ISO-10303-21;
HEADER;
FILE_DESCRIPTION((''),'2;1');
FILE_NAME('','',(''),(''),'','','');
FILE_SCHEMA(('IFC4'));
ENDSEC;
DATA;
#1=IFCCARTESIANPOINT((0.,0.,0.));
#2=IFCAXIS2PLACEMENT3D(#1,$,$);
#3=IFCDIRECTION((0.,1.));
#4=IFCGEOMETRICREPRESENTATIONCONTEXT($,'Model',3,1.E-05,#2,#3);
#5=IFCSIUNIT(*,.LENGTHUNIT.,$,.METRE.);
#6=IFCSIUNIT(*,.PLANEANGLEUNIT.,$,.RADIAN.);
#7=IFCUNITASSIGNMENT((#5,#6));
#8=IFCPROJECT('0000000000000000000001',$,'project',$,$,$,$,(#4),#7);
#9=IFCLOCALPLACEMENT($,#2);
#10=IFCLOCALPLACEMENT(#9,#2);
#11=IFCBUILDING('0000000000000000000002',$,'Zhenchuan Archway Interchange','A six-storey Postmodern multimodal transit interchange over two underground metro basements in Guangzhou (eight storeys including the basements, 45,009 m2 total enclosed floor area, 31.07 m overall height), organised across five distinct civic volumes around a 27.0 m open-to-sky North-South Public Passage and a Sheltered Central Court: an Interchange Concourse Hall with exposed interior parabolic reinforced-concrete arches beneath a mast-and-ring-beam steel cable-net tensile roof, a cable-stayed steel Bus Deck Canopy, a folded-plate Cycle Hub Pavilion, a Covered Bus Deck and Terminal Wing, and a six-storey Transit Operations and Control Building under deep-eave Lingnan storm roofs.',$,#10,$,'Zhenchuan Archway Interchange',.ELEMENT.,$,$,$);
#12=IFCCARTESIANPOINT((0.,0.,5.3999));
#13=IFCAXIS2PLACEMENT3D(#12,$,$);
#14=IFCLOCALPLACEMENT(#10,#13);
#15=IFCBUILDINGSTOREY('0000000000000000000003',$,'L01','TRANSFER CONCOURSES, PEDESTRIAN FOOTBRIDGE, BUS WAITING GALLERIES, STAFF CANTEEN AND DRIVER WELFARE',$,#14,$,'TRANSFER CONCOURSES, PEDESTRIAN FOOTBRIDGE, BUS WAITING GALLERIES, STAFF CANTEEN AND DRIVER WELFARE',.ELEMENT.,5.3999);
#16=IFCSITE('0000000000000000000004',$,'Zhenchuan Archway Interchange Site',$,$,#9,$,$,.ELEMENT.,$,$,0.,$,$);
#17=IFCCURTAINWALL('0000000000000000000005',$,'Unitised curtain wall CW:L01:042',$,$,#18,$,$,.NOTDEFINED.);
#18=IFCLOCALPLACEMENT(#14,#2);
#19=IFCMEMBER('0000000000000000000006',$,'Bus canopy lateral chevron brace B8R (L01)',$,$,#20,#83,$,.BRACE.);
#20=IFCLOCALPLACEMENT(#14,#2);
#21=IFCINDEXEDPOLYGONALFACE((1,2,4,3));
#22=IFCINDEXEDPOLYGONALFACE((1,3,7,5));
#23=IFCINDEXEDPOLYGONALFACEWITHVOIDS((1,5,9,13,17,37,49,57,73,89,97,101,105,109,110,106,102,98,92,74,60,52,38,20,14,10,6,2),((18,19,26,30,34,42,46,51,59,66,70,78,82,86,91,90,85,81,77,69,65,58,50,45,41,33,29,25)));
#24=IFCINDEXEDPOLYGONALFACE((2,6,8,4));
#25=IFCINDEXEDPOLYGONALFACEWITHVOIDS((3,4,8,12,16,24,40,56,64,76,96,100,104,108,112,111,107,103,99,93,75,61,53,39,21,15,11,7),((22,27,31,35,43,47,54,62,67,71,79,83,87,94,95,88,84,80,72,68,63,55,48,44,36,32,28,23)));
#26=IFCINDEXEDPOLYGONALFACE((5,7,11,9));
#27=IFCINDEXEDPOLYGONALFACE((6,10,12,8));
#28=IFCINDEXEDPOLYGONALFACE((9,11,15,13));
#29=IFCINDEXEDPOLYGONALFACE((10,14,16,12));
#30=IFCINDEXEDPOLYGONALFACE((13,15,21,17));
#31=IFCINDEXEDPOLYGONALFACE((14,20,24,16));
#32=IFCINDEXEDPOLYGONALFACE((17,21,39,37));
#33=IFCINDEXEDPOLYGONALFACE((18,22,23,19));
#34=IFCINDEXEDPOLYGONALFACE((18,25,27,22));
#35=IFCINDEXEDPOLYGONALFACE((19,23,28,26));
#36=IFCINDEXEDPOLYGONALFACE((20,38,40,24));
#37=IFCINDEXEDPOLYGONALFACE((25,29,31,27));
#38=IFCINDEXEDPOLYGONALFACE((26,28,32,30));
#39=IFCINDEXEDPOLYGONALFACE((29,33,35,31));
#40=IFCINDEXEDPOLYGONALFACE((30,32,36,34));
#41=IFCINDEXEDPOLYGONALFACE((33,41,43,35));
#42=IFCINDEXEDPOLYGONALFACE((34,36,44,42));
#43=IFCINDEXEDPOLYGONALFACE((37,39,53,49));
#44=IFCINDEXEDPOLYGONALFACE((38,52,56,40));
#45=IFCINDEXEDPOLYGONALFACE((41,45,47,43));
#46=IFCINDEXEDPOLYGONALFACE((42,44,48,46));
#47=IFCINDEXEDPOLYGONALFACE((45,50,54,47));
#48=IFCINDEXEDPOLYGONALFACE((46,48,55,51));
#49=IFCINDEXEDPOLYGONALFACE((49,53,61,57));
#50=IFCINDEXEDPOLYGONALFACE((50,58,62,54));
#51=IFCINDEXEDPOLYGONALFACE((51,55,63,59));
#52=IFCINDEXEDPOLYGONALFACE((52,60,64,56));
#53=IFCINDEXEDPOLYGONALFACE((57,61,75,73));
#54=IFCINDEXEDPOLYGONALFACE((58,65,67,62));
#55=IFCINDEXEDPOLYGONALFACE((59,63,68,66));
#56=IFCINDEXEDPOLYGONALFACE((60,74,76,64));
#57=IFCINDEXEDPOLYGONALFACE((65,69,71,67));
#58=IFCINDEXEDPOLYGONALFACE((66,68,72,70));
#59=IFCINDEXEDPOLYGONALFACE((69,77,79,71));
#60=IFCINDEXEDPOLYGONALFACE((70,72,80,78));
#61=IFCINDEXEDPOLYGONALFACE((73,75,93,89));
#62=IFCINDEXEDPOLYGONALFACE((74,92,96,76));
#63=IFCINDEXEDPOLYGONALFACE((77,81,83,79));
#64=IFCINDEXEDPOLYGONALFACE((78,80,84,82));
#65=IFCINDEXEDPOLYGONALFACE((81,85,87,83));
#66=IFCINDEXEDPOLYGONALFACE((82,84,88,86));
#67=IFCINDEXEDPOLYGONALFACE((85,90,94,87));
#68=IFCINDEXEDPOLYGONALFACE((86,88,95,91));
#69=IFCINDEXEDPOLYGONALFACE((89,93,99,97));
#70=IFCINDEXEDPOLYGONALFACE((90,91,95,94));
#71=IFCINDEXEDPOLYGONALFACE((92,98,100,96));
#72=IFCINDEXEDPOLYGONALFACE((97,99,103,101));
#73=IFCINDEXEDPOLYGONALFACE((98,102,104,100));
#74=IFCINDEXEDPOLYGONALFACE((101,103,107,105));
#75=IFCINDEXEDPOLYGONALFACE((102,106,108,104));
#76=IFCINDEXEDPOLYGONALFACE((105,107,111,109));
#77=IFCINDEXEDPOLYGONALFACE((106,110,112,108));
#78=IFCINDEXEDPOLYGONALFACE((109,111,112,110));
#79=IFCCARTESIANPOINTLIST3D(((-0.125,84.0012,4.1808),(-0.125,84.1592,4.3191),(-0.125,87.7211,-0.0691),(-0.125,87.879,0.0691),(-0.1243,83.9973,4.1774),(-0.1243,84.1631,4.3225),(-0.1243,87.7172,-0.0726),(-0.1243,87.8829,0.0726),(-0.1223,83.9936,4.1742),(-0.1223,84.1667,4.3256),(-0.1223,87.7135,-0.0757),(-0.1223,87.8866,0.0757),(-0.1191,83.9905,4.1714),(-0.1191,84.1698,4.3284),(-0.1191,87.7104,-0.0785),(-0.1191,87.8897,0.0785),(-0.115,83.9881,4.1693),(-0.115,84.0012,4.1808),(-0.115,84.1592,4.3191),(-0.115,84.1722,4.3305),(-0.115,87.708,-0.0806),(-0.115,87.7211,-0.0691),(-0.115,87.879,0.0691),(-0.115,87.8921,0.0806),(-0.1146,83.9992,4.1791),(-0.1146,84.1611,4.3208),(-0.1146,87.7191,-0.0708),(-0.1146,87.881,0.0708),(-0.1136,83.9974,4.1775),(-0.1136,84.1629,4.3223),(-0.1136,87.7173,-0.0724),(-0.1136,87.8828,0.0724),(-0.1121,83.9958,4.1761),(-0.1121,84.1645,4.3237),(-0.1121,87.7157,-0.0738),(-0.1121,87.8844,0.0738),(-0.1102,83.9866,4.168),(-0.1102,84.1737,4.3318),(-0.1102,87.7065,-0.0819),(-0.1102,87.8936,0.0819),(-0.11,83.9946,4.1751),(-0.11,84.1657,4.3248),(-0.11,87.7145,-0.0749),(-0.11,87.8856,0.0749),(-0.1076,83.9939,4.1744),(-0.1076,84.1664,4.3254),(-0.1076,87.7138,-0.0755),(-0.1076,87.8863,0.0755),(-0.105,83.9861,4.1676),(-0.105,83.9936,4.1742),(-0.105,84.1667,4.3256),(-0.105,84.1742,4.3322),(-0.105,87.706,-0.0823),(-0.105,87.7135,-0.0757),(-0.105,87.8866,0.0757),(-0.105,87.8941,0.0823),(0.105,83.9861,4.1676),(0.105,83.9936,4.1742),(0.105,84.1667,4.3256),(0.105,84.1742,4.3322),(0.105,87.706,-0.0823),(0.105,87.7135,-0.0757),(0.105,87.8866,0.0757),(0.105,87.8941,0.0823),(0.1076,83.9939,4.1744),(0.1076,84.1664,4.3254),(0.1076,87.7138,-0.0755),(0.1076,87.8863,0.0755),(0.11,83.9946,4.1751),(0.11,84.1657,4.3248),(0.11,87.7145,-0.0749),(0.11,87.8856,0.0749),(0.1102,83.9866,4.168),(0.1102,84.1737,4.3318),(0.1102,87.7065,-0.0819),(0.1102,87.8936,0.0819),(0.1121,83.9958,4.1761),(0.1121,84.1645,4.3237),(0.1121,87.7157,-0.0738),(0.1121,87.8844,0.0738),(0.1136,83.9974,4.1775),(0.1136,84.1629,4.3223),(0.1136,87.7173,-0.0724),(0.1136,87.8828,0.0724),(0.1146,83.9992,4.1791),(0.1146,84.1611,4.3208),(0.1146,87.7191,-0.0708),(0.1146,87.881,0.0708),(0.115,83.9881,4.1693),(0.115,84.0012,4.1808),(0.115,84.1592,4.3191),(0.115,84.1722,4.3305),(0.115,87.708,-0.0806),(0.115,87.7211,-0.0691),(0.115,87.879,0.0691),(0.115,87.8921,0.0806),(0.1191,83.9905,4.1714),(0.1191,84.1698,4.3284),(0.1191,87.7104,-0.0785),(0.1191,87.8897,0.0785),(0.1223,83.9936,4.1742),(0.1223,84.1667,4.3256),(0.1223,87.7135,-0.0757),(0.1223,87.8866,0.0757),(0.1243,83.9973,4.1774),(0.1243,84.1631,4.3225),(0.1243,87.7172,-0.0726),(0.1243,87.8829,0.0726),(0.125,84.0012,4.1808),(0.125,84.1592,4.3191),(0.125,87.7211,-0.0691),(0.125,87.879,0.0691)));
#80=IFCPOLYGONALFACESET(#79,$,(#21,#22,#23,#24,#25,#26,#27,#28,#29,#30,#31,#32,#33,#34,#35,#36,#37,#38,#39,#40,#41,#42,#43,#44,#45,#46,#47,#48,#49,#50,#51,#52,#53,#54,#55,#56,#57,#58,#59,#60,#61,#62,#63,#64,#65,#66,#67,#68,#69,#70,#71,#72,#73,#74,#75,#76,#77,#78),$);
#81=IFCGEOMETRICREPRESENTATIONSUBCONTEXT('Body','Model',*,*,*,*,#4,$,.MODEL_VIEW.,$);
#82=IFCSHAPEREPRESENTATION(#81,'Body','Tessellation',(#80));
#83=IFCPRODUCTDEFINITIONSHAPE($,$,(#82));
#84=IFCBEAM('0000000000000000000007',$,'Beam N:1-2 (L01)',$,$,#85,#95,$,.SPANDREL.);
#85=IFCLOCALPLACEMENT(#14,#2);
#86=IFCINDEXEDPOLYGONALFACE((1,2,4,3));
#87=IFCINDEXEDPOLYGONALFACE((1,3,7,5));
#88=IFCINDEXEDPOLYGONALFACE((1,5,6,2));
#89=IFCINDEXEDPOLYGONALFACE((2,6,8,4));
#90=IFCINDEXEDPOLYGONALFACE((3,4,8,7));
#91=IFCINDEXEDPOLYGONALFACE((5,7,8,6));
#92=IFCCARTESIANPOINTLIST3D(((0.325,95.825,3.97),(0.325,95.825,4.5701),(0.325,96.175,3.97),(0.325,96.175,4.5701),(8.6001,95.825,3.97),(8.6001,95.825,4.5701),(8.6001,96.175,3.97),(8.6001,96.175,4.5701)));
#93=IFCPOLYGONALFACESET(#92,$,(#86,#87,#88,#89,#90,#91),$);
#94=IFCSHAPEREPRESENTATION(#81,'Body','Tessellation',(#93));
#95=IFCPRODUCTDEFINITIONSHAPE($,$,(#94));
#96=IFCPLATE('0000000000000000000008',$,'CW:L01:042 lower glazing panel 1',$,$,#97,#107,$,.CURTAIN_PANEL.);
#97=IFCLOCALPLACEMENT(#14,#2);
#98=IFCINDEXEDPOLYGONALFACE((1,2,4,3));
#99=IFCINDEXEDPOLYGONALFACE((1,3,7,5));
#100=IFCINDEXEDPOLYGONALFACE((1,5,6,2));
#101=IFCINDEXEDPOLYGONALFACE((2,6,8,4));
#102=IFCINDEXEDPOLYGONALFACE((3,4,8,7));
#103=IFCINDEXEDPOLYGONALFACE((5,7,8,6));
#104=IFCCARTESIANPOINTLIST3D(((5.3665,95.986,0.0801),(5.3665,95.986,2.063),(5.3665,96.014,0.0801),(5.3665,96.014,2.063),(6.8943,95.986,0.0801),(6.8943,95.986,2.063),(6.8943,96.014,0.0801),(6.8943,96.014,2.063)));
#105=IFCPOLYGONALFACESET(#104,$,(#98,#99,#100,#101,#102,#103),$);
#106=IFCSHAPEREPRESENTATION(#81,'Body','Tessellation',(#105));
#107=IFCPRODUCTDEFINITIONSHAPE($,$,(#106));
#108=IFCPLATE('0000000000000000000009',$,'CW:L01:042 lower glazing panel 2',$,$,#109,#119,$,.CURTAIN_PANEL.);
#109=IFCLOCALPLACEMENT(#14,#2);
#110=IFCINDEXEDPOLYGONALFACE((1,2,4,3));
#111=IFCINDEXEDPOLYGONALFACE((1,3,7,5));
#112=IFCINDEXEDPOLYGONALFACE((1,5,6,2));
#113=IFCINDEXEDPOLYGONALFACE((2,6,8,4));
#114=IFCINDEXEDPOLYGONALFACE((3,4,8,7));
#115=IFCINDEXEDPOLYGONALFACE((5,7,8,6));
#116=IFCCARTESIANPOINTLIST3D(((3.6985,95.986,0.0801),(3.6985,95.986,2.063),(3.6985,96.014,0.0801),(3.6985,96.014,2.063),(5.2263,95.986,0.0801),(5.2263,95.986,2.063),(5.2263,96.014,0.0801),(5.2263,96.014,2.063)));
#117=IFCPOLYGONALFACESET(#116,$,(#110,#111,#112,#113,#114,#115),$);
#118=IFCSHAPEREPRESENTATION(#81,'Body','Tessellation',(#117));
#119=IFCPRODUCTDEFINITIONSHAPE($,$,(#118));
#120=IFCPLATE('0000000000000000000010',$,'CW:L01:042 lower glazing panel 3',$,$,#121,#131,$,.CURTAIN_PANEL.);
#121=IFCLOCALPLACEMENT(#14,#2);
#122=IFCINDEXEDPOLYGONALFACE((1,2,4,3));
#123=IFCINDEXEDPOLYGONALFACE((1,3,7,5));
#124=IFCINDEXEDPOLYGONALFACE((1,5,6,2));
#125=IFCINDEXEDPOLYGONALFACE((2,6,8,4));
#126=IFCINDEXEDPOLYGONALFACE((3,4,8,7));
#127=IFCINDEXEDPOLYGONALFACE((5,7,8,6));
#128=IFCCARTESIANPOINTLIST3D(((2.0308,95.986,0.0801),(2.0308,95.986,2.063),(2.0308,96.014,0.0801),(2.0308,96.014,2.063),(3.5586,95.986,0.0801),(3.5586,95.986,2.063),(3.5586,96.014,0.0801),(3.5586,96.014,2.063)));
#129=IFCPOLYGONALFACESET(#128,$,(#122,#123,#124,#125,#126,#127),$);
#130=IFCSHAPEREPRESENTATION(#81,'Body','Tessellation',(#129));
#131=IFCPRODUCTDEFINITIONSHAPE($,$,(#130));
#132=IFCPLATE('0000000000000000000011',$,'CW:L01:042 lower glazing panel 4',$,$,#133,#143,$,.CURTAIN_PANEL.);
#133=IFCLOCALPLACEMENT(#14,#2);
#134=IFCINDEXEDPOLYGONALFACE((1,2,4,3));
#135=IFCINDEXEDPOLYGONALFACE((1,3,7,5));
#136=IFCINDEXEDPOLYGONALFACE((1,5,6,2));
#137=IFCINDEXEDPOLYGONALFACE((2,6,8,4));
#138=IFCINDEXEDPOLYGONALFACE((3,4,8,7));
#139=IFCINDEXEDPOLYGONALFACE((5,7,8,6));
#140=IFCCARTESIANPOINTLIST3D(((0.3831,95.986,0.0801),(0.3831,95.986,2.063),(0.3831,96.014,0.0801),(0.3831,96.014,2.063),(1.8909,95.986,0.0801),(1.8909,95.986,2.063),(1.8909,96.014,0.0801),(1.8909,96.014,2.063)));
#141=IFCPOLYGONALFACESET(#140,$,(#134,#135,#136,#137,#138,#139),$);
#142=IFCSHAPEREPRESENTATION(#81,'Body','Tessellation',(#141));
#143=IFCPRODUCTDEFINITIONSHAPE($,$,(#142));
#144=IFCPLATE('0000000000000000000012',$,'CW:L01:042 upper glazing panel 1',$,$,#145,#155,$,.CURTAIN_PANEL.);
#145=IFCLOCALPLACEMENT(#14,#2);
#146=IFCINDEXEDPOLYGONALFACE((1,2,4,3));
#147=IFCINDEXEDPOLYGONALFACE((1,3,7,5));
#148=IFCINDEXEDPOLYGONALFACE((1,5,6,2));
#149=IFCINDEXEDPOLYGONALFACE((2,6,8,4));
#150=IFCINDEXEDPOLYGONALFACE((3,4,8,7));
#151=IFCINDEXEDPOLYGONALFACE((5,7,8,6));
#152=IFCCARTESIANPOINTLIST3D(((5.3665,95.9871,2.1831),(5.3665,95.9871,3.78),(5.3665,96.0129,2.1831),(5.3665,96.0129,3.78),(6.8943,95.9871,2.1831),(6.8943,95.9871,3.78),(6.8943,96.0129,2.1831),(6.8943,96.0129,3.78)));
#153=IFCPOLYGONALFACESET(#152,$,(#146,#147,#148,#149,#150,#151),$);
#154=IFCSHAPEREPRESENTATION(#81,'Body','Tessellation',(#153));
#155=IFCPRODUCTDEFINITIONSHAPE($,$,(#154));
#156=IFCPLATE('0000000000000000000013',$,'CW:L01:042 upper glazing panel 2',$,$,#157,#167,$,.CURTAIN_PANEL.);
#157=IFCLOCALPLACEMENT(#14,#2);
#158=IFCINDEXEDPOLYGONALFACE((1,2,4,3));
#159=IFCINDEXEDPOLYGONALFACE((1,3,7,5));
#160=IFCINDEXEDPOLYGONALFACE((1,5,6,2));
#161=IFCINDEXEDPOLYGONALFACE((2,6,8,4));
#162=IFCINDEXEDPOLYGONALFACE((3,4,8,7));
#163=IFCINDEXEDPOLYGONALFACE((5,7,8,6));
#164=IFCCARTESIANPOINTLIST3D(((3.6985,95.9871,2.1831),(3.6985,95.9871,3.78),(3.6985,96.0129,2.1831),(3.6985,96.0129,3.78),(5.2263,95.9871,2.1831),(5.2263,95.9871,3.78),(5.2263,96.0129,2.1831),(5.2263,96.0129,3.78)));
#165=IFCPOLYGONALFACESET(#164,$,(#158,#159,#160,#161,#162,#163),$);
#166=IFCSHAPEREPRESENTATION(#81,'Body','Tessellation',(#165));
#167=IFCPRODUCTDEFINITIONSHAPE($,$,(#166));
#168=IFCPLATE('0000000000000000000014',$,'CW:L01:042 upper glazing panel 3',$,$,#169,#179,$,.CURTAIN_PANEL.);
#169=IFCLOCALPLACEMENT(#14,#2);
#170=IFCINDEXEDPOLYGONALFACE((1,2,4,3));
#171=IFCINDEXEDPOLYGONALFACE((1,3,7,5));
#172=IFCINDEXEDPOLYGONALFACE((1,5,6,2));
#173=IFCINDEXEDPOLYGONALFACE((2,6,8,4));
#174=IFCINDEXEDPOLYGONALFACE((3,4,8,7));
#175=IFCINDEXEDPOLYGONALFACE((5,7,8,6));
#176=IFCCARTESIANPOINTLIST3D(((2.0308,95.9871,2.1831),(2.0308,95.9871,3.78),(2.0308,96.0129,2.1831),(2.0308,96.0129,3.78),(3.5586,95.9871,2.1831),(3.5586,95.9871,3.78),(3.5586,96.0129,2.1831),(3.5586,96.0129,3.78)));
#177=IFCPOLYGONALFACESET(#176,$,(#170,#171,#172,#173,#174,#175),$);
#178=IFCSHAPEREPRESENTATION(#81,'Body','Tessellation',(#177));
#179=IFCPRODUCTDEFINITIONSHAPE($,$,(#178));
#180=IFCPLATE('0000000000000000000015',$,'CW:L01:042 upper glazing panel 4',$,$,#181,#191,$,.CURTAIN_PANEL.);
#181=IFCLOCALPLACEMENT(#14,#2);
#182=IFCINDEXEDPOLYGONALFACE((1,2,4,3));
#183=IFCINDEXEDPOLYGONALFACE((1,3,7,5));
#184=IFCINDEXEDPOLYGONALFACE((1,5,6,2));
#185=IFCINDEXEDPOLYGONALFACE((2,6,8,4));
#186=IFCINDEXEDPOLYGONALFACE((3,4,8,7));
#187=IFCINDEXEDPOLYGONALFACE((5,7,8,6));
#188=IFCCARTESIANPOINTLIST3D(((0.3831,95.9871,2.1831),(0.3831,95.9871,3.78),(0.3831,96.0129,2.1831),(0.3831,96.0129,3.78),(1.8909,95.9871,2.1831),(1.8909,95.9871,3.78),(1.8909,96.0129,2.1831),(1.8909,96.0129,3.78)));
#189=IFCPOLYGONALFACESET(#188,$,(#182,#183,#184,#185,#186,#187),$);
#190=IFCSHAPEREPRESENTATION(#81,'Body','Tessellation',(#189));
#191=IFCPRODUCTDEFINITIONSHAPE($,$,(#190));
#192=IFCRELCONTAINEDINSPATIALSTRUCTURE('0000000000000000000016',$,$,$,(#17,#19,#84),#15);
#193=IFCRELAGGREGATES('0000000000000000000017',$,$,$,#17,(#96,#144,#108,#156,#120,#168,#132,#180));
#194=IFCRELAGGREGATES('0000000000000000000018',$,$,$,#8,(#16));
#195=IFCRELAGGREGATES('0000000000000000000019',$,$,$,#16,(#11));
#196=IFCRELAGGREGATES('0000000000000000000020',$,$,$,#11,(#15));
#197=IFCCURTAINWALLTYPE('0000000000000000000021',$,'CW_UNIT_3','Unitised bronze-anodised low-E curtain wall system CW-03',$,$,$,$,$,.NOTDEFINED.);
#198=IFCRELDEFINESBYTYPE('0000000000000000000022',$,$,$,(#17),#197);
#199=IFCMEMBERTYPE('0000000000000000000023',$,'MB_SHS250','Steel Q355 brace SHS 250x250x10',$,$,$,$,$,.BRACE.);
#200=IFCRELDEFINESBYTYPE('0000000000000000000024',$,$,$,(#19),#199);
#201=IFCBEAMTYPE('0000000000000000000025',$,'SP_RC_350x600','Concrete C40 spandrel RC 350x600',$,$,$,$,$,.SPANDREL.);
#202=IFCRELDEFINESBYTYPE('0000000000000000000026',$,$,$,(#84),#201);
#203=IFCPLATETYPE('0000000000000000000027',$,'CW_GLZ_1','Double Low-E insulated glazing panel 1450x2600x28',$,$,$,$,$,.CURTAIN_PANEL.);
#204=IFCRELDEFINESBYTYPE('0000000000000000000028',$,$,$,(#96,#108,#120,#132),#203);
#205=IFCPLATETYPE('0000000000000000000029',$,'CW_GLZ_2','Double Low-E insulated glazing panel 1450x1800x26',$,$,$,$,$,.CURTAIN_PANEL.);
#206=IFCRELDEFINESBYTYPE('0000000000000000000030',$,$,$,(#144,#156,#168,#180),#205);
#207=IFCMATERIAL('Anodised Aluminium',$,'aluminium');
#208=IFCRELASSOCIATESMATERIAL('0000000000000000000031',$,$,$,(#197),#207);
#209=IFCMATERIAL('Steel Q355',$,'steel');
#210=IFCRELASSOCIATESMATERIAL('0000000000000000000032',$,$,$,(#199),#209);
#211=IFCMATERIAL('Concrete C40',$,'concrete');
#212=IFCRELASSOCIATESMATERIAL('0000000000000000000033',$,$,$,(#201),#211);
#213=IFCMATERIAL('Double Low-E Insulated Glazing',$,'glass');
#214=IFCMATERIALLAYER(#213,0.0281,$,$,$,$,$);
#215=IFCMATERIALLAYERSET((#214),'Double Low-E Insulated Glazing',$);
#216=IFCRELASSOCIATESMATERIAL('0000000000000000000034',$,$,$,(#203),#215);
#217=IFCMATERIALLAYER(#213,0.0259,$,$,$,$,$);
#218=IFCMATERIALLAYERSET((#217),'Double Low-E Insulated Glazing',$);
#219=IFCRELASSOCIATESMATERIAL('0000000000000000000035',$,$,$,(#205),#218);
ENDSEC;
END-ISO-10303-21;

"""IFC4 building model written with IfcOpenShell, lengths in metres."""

from ifc_helpers import new_model, si_unit, direction, frame, origin, origin_2d, place, context, subcontext, project, spatial, rectangle, hollow_rectangle, extrude, material, layer, layer_set, material_profile, profile_set, type_object, element, aggregate, save


model = new_model("IFC4")

# Units and contexts
model_context = context("Model", 3, precision=1e-05, world=origin(), true_north=direction((0.0, 1.0)))
body_context = subcontext(model_context, "Body", "Model", "MODEL_VIEW")
ifc_project = project(units=[si_unit("LENGTHUNIT", "METRE"), si_unit("PLANEANGLEUNIT", "RADIAN")], contexts=[model_context])

# Site, building, storey
site_placement = place(None, origin())
site = spatial("IfcSite", under=ifc_project, at=site_placement, Name="Zhenchuan Archway Interchange Site", CompositionType="ELEMENT", RefElevation=0.0)
building_placement = place(site_placement, origin())
building = spatial("IfcBuilding", under=site, at=building_placement, Name="Zhenchuan Archway Interchange", Description="A six-storey Postmodern multimodal transit interchange over two underground metro basements in Guangzhou (eight storeys including the basements, 45,009 m2 total enclosed floor area, 31.07 m overall height), organised across five distinct civic volumes around a 27.0 m open-to-sky North-South Public Passage and a Sheltered Central Court: an Interchange Concourse Hall with exposed interior parabolic reinforced-concrete arches beneath a mast-and-ring-beam steel cable-net tensile roof, a cable-stayed steel Bus Deck Canopy, a folded-plate Cycle Hub Pavilion, a Covered Bus Deck and Terminal Wing, and a six-storey Transit Operations and Control Building under deep-eave Lingnan storm roofs.", LongName="Zhenchuan Archway Interchange", CompositionType="ELEMENT")
storey_placement = place(building_placement, frame((0.0, 0.0, 5.3999)))
storey = spatial("IfcBuildingStorey", under=building, at=storey_placement, Name="L01", Description="TRANSFER CONCOURSES, PEDESTRIAN FOOTBRIDGE, BUS WAITING GALLERIES, STAFF CANTEEN AND DRIVER WELFARE", LongName="TRANSFER CONCOURSES, PEDESTRIAN FOOTBRIDGE, BUS WAITING GALLERIES, STAFF CANTEEN AND DRIVER WELFARE", CompositionType="ELEMENT", Elevation=5.3999)

# Shared definitions
ifc_material_1 = material(Name="Concrete C40", Category="concrete")

# Curtain wall
ifc_material_2 = material(Name="Anodised Aluminium", Category="aluminium")
curtain_wall_type = type_object("IfcCurtainWallType", Name="CW_UNIT_3", Description="Unitised bronze-anodised low-E curtain wall system CW-03", PredefinedType="NOTDEFINED", material=ifc_material_2)
curtain_wall_placement = place(storey_placement, origin())
curtain_wall = element("IfcCurtainWall", 1, at=curtain_wall_placement, inside=storey, type_object=curtain_wall_type, Name="Unitised curtain wall CW:L01:042", PredefinedType="NOTDEFINED")

# Member
ifc_material_3 = material(Name="Steel Q355", Category="steel")
ifc_material_profile_1 = material_profile(ifc_material_3, hollow_rectangle(XDim=0.25, YDim=0.25, WallThickness=0.01, InnerFilletRadius=0.01, OuterFilletRadius=0.02, at=origin_2d()), Name="SHS 250x250x10")
ifc_profile_set_1 = profile_set([ifc_material_profile_1], Name="Steel Q355")
member_type_1 = type_object("IfcMemberType", Name="MB_SHS250", Description="Steel Q355 brace SHS 250x250x10", PredefinedType="BRACE", material=ifc_profile_set_1)
for number, where, z_axis, x_axis, name in (
    (2, (0.0, 87.8, 0.0), (0.0, -0.658627, 0.75247), (1.0, 0.0, 0.0), "Bus canopy lateral chevron brace B8R (L01)"),
):
    element("IfcMember", number, at=place(storey_placement, frame(where, z_axis=z_axis, x_axis=x_axis)), inside=storey, type_object=member_type_1, Name=name, PredefinedType="BRACE", context=body_context, shape_type="SweptSolid", body=[
        extrude(hollow_rectangle(XDim=0.25, YDim=0.25, WallThickness=0.01, InnerFilletRadius=0.01, OuterFilletRadius=0.02, at=origin_2d()), origin(), (0.0, 0.0, 1.0), 5.6479),
    ])

# Beam
ifc_material_profile_2 = material_profile(ifc_material_1, rectangle(XDim=0.3501, YDim=0.6001, at=origin_2d()), Name="RC 350x600")
ifc_profile_set_2 = profile_set([ifc_material_profile_2], Name="Concrete C40")
beam_type = type_object("IfcBeamType", Name="SP_RC_350x600", Description="Concrete C40 spandrel RC 350x600", PredefinedType="SPANDREL", material=ifc_profile_set_2)
beam_placement = place(storey_placement, frame((0.325, 96.0, 4.27), z_axis=(1.0, 0.0, 0.0), x_axis=(0.0, 1.0, 0.0)))
element("IfcBeam", 3, at=beam_placement, inside=storey, type_object=beam_type, Name="Beam N:1-2 (L01)", PredefinedType="SPANDREL", context=body_context, shape_type="SweptSolid", body=[
    extrude(rectangle(XDim=0.3501, YDim=0.6001, at=origin_2d()), origin(), (0.0, 0.0, 1.0), 8.2751),
])

# Plates
ifc_material_4 = material(Name="Double Low-E Insulated Glazing", Category="glass")
ifc_layer_1 = layer(ifc_material_4, 0.0281)
ifc_layer_set_1 = layer_set([ifc_layer_1], Name="Double Low-E Insulated Glazing")
plate_type_1 = type_object("IfcPlateType", Name="CW_GLZ_1", Description="Double Low-E insulated glazing panel 1450x2600x28", PredefinedType="CURTAIN_PANEL", material=ifc_layer_set_1)
plate_1_placement = place(storey_placement, frame((6.1304, 96.0, 0.0801), z_axis=(0.0, 0.0, 1.0), x_axis=(-1.0, 0.0, 0.0)))
plate_1 = element("IfcPlate", 4, at=plate_1_placement, type_object=plate_type_1, Name="CW:L01:042 lower glazing panel 1", PredefinedType="CURTAIN_PANEL", context=body_context, shape_type="SweptSolid", body=[
    extrude(rectangle(XDim=1.5278, YDim=0.0281, at=origin_2d()), origin(), (0.0, 0.0, 1.0), 1.9829),
])
plate_2_placement = place(storey_placement, frame((4.4624, 96.0, 0.0801), z_axis=(0.0, 0.0, 1.0), x_axis=(-1.0, 0.0, 0.0)))
plate_2 = element("IfcPlate", 5, at=plate_2_placement, type_object=plate_type_1, Name="CW:L01:042 lower glazing panel 2", PredefinedType="CURTAIN_PANEL", context=body_context, shape_type="SweptSolid", body=[
    extrude(rectangle(XDim=1.5278, YDim=0.0281, at=origin_2d()), origin(), (0.0, 0.0, 1.0), 1.9829),
])
plate_3_placement = place(storey_placement, frame((2.7947, 96.0, 0.0801), z_axis=(0.0, 0.0, 1.0), x_axis=(-1.0, 0.0, 0.0)))
plate_3 = element("IfcPlate", 6, at=plate_3_placement, type_object=plate_type_1, Name="CW:L01:042 lower glazing panel 3", PredefinedType="CURTAIN_PANEL", context=body_context, shape_type="SweptSolid", body=[
    extrude(rectangle(XDim=1.5278, YDim=0.0281, at=origin_2d()), origin(), (0.0, 0.0, 1.0), 1.9829),
])
plate_4_placement = place(storey_placement, frame((1.137, 96.0, 0.0801), z_axis=(0.0, 0.0, 1.0), x_axis=(-1.0, 0.0, 0.0)))
plate_4 = element("IfcPlate", 7, at=plate_4_placement, type_object=plate_type_1, Name="CW:L01:042 lower glazing panel 4", PredefinedType="CURTAIN_PANEL", context=body_context, shape_type="SweptSolid", body=[
    extrude(rectangle(XDim=1.5078, YDim=0.0281, at=origin_2d()), origin(), (0.0, 0.0, 1.0), 1.9829),
])
ifc_layer_2 = layer(ifc_material_4, 0.0259)
ifc_layer_set_2 = layer_set([ifc_layer_2], Name="Double Low-E Insulated Glazing")
plate_type_2 = type_object("IfcPlateType", Name="CW_GLZ_2", Description="Double Low-E insulated glazing panel 1450x1800x26", PredefinedType="CURTAIN_PANEL", material=ifc_layer_set_2)
plate_5_placement = place(storey_placement, frame((6.1304, 96.0, 2.1831), z_axis=(0.0, 0.0, 1.0), x_axis=(-1.0, 0.0, 0.0)))
plate_5 = element("IfcPlate", 8, at=plate_5_placement, type_object=plate_type_2, Name="CW:L01:042 upper glazing panel 1", PredefinedType="CURTAIN_PANEL", context=body_context, shape_type="SweptSolid", body=[
    extrude(rectangle(XDim=1.5278, YDim=0.0259, at=origin_2d()), origin(), (0.0, 0.0, 1.0), 1.5969),
])
plate_6_placement = place(storey_placement, frame((4.4624, 96.0, 2.1831), z_axis=(0.0, 0.0, 1.0), x_axis=(-1.0, 0.0, 0.0)))
plate_6 = element("IfcPlate", 9, at=plate_6_placement, type_object=plate_type_2, Name="CW:L01:042 upper glazing panel 2", PredefinedType="CURTAIN_PANEL", context=body_context, shape_type="SweptSolid", body=[
    extrude(rectangle(XDim=1.5278, YDim=0.0259, at=origin_2d()), origin(), (0.0, 0.0, 1.0), 1.5969),
])
plate_7_placement = place(storey_placement, frame((2.7947, 96.0, 2.1831), z_axis=(0.0, 0.0, 1.0), x_axis=(-1.0, 0.0, 0.0)))
plate_7 = element("IfcPlate", 10, at=plate_7_placement, type_object=plate_type_2, Name="CW:L01:042 upper glazing panel 3", PredefinedType="CURTAIN_PANEL", context=body_context, shape_type="SweptSolid", body=[
    extrude(rectangle(XDim=1.5278, YDim=0.0259, at=origin_2d()), origin(), (0.0, 0.0, 1.0), 1.5969),
])
plate_8_placement = place(storey_placement, frame((1.137, 96.0, 2.1831), z_axis=(0.0, 0.0, 1.0), x_axis=(-1.0, 0.0, 0.0)))
plate_8 = element("IfcPlate", 11, at=plate_8_placement, type_object=plate_type_2, Name="CW:L01:042 upper glazing panel 4", PredefinedType="CURTAIN_PANEL", context=body_context, shape_type="SweptSolid", body=[
    extrude(rectangle(XDim=1.5078, YDim=0.0259, at=origin_2d()), origin(), (0.0, 0.0, 1.0), 1.5969),
])
aggregate(curtain_wall, [plate_1, plate_5, plate_2, plate_6, plate_3, plate_7, plate_4, plate_8])

save(model, "model.ifc")
